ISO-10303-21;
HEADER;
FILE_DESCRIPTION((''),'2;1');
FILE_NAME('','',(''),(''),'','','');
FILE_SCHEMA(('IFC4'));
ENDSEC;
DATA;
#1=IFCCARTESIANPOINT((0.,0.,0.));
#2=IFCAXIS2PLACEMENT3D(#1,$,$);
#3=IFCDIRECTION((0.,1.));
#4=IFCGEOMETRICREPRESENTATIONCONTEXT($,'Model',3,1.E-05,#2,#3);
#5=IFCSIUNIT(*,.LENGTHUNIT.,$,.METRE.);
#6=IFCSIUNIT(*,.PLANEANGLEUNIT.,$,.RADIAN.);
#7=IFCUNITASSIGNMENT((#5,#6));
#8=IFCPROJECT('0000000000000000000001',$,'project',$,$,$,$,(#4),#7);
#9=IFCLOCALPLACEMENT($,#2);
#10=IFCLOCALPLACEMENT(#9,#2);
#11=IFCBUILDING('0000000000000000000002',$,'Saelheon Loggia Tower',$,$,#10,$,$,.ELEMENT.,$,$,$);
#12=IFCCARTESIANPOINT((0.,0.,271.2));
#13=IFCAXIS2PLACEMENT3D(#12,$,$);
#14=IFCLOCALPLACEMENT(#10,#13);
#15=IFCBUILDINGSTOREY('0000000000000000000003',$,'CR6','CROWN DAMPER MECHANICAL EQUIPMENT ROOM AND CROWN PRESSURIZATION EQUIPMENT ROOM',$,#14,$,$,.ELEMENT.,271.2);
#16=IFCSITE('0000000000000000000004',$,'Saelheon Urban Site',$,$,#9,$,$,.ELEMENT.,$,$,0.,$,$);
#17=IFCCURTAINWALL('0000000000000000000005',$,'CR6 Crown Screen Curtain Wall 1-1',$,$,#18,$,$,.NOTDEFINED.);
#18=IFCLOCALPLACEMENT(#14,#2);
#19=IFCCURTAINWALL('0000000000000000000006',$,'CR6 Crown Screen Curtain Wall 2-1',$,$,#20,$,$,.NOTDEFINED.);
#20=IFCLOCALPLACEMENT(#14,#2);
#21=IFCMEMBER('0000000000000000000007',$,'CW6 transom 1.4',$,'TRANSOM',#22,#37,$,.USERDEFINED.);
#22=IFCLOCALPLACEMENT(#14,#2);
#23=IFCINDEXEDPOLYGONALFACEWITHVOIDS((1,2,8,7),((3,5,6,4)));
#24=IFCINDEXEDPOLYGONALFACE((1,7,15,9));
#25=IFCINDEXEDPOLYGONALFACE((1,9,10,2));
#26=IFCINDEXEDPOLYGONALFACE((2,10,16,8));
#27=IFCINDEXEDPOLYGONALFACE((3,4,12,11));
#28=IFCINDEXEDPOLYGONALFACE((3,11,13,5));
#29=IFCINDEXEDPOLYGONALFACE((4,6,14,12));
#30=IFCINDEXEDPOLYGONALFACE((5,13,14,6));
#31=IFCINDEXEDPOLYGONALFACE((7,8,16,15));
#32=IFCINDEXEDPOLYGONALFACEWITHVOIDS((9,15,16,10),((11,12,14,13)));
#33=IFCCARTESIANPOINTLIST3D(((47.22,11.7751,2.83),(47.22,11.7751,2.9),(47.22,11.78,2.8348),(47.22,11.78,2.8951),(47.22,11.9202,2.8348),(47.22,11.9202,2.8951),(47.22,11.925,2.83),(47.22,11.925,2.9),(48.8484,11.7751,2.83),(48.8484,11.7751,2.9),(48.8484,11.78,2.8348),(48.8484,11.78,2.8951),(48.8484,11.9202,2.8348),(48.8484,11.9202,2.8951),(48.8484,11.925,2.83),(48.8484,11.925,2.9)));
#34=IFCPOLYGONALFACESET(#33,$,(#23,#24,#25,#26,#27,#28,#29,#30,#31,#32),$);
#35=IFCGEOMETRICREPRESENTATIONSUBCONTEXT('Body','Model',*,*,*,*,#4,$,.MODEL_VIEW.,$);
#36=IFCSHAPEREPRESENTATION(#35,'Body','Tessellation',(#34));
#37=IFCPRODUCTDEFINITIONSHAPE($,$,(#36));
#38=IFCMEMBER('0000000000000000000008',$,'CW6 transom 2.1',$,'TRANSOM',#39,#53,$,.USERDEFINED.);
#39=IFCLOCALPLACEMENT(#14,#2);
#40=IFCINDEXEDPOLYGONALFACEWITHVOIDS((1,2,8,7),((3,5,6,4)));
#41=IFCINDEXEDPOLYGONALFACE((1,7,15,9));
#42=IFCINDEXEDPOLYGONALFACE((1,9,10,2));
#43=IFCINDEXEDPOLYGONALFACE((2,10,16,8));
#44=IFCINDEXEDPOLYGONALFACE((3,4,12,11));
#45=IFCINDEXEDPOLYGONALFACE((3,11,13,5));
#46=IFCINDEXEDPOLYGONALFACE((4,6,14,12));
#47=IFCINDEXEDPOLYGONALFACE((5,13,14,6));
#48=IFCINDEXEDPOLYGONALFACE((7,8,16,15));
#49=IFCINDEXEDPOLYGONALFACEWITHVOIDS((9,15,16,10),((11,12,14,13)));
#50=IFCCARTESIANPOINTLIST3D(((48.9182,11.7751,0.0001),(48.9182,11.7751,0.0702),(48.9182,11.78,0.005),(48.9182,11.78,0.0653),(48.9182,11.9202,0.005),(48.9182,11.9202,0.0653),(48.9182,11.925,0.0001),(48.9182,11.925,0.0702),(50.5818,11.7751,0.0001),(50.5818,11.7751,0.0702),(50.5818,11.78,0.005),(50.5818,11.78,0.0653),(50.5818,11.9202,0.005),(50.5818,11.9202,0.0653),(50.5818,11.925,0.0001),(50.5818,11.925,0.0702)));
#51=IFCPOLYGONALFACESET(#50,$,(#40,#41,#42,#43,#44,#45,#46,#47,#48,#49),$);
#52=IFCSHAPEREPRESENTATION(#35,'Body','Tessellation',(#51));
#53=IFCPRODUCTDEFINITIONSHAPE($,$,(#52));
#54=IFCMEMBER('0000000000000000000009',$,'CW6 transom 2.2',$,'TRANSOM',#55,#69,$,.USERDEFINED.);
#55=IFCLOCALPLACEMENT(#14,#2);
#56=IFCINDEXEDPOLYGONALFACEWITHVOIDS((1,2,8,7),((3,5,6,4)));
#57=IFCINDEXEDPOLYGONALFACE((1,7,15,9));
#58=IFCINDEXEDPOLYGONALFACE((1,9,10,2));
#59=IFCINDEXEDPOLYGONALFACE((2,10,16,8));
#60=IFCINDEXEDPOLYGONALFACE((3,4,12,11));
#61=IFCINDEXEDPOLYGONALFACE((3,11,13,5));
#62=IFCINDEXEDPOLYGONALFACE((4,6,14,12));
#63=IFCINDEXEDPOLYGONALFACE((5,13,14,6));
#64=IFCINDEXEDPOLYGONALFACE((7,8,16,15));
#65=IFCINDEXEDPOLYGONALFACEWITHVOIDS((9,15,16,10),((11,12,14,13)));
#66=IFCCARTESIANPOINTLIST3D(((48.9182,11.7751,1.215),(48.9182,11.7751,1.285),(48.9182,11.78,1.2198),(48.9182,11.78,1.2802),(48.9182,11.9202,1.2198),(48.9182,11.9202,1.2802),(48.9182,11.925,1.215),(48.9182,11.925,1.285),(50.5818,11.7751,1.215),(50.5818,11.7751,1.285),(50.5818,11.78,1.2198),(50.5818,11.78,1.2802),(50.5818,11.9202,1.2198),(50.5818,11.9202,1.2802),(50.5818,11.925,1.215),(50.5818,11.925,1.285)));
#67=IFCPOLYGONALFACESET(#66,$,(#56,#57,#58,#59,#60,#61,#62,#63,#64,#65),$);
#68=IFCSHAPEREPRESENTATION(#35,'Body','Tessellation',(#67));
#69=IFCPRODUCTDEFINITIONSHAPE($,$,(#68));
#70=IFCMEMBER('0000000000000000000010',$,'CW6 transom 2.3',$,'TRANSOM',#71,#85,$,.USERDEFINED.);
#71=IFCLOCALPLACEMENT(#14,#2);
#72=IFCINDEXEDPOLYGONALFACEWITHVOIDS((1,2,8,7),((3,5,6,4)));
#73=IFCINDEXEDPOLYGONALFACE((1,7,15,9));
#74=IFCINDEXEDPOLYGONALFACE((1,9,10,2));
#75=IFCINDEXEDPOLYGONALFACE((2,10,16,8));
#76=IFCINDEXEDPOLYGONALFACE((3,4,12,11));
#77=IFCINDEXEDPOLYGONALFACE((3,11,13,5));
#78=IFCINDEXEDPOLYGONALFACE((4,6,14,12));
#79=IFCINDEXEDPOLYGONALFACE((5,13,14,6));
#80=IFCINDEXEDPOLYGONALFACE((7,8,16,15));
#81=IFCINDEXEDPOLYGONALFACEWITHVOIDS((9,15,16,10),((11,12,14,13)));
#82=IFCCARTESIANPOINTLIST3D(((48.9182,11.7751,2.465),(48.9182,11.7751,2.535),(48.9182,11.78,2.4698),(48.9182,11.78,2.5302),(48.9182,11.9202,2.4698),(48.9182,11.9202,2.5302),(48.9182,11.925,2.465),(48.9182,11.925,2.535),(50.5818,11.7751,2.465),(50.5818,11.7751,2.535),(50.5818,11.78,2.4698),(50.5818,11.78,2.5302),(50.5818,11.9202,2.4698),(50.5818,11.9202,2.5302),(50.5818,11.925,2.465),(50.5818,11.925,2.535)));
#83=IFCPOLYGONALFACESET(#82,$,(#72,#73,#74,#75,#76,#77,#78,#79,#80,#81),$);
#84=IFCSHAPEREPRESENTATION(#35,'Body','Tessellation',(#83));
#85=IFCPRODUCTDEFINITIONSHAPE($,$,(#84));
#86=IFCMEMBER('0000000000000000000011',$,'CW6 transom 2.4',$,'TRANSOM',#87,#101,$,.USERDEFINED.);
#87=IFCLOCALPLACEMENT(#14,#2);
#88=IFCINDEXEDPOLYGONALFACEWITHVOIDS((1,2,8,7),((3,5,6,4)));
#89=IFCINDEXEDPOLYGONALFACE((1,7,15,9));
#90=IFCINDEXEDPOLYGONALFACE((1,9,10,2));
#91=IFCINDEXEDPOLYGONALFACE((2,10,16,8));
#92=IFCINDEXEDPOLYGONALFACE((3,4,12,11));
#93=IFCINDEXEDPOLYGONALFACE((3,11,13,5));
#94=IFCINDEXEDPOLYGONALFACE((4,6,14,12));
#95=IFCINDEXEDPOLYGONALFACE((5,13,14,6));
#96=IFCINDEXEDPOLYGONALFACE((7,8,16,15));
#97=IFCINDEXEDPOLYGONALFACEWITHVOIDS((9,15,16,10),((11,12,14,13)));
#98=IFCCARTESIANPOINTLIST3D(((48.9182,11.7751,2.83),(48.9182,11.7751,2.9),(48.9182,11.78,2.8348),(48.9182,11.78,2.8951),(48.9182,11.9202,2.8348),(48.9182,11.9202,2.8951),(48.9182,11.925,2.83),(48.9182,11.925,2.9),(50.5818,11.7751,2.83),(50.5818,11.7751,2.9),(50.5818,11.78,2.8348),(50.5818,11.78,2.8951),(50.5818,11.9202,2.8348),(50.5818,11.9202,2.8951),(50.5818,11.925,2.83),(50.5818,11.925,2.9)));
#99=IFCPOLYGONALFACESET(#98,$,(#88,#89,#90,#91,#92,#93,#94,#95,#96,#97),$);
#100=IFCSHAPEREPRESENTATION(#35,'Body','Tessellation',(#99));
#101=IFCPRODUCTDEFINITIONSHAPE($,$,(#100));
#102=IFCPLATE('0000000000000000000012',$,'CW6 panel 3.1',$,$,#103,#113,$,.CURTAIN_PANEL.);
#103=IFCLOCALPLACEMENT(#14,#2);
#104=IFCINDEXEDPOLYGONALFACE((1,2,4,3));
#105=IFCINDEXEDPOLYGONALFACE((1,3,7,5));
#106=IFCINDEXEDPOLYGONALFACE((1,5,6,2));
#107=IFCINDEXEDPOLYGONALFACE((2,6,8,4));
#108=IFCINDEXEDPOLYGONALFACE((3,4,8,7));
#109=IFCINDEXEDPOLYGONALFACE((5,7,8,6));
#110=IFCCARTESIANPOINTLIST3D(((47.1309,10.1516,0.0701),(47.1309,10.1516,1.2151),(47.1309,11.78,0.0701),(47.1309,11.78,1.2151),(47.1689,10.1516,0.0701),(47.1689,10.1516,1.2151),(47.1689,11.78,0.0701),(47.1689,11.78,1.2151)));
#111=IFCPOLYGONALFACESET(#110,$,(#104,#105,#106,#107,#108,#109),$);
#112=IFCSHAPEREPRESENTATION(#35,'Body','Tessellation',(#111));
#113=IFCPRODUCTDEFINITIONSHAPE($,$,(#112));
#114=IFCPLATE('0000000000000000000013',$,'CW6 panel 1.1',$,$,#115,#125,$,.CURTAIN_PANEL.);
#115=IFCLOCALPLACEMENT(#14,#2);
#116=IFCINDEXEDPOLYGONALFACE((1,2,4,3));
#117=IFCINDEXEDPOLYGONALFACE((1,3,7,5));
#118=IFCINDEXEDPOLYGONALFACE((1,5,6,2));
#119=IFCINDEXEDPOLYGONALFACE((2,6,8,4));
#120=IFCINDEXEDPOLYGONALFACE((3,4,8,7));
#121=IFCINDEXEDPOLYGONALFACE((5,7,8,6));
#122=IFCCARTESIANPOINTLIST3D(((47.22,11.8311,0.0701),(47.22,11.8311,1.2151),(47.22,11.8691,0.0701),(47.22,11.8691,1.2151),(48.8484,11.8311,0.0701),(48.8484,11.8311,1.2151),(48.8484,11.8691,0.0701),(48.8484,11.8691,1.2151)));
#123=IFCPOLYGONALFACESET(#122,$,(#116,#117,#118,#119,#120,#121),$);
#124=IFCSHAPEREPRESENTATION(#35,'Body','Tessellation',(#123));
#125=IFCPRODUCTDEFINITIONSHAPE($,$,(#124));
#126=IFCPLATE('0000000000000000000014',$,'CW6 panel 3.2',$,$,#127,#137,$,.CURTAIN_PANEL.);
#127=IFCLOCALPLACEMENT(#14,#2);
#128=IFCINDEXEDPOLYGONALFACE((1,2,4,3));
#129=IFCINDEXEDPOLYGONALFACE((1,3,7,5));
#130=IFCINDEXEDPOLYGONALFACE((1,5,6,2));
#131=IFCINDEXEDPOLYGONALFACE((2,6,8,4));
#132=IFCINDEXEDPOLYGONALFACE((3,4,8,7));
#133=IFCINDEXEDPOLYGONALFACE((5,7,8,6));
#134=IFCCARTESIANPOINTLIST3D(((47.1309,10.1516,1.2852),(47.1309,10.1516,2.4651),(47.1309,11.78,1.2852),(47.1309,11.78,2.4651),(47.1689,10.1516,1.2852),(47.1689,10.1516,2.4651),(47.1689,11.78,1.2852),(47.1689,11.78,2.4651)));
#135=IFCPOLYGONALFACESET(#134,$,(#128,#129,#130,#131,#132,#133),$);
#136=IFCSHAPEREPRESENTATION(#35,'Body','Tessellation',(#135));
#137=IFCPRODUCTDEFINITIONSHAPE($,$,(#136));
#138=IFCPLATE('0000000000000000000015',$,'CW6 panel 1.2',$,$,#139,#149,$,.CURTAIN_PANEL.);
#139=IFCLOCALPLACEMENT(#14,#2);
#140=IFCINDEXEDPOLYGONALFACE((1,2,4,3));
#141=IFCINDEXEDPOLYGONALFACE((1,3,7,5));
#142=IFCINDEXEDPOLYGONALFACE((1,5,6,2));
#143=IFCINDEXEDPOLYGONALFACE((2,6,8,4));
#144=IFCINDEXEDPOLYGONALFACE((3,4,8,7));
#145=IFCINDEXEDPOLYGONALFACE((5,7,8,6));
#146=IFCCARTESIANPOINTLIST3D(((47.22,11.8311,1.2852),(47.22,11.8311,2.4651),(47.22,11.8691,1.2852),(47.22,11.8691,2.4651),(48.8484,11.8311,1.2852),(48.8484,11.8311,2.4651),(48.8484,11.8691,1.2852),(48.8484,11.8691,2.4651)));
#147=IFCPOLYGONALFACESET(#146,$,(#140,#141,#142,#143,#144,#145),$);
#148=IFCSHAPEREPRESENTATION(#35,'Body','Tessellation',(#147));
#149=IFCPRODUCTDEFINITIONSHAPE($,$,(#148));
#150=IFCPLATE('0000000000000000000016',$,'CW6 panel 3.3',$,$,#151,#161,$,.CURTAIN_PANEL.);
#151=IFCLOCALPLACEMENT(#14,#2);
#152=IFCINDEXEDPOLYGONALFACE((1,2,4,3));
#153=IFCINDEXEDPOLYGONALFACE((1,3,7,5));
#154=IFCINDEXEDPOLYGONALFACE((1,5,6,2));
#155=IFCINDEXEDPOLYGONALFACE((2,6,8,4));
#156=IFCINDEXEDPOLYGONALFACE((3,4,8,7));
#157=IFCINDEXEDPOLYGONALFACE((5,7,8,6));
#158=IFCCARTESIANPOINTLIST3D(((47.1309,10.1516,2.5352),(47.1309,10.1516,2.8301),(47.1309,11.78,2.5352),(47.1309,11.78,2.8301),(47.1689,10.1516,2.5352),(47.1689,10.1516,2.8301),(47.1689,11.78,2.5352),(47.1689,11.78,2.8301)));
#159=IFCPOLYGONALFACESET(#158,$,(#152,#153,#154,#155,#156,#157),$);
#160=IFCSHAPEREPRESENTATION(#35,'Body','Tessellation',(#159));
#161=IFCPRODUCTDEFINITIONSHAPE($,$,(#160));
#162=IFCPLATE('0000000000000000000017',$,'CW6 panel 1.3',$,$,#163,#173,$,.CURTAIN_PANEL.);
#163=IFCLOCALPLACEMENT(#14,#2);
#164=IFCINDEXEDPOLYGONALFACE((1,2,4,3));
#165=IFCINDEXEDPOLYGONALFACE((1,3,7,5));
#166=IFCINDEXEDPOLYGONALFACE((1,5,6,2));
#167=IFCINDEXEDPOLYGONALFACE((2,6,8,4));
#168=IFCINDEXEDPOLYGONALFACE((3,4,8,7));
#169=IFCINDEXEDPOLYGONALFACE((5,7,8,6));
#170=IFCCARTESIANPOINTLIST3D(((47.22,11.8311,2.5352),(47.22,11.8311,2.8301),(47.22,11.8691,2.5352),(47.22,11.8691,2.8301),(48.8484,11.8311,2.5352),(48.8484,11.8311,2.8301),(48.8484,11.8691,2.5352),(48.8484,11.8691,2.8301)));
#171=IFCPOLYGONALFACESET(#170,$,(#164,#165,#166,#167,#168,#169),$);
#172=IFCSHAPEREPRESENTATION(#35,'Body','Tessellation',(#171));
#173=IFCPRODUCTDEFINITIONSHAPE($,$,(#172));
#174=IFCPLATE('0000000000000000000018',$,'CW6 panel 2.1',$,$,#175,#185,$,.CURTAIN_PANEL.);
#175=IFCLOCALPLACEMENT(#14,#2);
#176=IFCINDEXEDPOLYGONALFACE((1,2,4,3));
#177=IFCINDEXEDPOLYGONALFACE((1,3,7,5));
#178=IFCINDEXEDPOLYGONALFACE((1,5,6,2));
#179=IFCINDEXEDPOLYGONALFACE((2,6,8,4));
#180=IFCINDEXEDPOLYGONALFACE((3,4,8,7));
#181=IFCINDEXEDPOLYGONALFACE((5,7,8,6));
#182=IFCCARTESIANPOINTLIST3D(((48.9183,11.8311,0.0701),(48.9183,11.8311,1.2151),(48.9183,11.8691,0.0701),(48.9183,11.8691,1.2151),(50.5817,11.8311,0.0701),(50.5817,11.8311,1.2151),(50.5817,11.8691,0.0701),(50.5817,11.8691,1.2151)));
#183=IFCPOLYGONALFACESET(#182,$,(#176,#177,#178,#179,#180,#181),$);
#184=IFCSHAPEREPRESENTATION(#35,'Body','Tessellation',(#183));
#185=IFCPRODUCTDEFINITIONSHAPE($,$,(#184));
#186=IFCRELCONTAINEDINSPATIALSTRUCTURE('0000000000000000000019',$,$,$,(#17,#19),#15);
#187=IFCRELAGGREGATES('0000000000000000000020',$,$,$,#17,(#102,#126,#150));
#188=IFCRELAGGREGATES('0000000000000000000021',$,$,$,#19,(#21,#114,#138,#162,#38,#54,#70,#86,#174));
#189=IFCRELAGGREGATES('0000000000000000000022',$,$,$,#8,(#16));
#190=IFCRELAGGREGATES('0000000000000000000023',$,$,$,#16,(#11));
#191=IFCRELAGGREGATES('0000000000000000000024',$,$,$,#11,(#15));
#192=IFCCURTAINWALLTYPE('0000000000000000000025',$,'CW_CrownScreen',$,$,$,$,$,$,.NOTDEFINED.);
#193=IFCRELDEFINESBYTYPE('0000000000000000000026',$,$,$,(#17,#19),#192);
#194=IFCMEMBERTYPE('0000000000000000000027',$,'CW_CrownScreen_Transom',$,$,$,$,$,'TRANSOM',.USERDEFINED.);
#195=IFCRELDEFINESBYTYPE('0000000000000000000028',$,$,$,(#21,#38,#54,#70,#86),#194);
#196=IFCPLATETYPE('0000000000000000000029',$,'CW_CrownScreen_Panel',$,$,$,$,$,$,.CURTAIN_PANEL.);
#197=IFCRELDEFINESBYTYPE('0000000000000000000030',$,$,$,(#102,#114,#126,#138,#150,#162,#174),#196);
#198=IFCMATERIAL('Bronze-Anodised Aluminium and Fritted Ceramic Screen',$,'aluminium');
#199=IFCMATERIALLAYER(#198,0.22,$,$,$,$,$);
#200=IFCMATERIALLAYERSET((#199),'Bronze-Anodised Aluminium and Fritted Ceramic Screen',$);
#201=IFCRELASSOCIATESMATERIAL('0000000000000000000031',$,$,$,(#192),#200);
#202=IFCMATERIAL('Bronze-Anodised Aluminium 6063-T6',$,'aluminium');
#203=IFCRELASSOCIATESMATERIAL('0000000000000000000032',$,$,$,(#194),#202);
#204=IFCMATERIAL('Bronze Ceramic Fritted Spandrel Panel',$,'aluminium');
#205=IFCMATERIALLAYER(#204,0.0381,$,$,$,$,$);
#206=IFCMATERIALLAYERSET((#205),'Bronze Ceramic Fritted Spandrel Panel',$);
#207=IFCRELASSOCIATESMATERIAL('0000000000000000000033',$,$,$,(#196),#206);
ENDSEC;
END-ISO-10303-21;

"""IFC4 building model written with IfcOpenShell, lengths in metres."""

from ifc_helpers import new_model, si_unit, direction, frame, origin, origin_2d, place, context, subcontext, project, spatial, rectangle, hollow_rectangle, extrude, source, transform, mapped, material, layer, layer_set, material_profile, profile_set, type_object, element, aggregate, save


model = new_model("IFC4")

# Units and contexts
model_context = context("Model", 3, precision=1e-05, world=origin(), true_north=direction((0.0, 1.0)))
body_context = subcontext(model_context, "Body", "Model", "MODEL_VIEW")
ifc_project = project(units=[si_unit("LENGTHUNIT", "METRE"), si_unit("PLANEANGLEUNIT", "RADIAN")], contexts=[model_context])

# Site, building, storey
site_placement = place(None, origin())
site = spatial("IfcSite", under=ifc_project, at=site_placement, Name="Saelheon Urban Site", CompositionType="ELEMENT", RefElevation=0.0)
building_placement = place(site_placement, origin())
building = spatial("IfcBuilding", under=site, at=building_placement, Name="Saelheon Loggia Tower", CompositionType="ELEMENT")
storey_placement = place(building_placement, frame((0.0, 0.0, 271.2)))
storey = spatial("IfcBuildingStorey", under=building, at=storey_placement, Name="CR6", Description="CROWN DAMPER MECHANICAL EQUIPMENT ROOM AND CROWN PRESSURIZATION EQUIPMENT ROOM", CompositionType="ELEMENT", Elevation=271.2)

# Curtain walls
ifc_material_1 = material(Name="Bronze-Anodised Aluminium and Fritted Ceramic Screen", Category="aluminium")
ifc_layer_1 = layer(ifc_material_1, 0.22)
ifc_layer_set_1 = layer_set([ifc_layer_1], Name="Bronze-Anodised Aluminium and Fritted Ceramic Screen")
curtain_wall_type = type_object("IfcCurtainWallType", Name="CW_CrownScreen", PredefinedType="NOTDEFINED", material=ifc_layer_set_1)
curtain_wall_1_placement = place(storey_placement, origin())
curtain_wall_1 = element("IfcCurtainWall", 1, at=curtain_wall_1_placement, inside=storey, type_object=curtain_wall_type, Name="CR6 Crown Screen Curtain Wall 1-1", PredefinedType="NOTDEFINED")
ifc_material_2 = material(Name="Bronze-Anodised Aluminium 6063-T6", Category="aluminium")
curtain_wall_2_placement = place(storey_placement, origin())
curtain_wall_2 = element("IfcCurtainWall", 2, at=curtain_wall_2_placement, inside=storey, type_object=curtain_wall_type, Name="CR6 Crown Screen Curtain Wall 2-1", PredefinedType="NOTDEFINED")

# Members
ifc_material_profile_1 = material_profile(ifc_material_2, hollow_rectangle(XDim=0.0701, YDim=0.1499, WallThickness=0.0049, at=origin_2d()), Name="RHS-150x70x5")
ifc_profile_set_1 = profile_set([ifc_material_profile_1], Name="Bronze-Anodised Aluminium 6063-T6")
member_type_1 = type_object("IfcMemberType", Name="CW_CrownScreen_Transom", ElementType="TRANSOM", PredefinedType="USERDEFINED", material=ifc_profile_set_1)
shared_shape_1 = source(origin(), body_context, "Body", "SweptSolid", [
    extrude(hollow_rectangle(XDim=0.0701, YDim=0.1499, WallThickness=0.0049, at=origin_2d()), origin(), (0.0, 0.0, 1.0), 1.6284),
])
member_1_placement = place(storey_placement, frame((47.22, 11.8501, 2.865), z_axis=(1.0, 0.0, 0.0), x_axis=(0.0, 0.0, 1.0)))
member_1 = element("IfcMember", 3, at=member_1_placement, type_object=member_type_1, Name="CW6 transom 1.4", ObjectType="TRANSOM", PredefinedType="USERDEFINED", context=body_context, shape_type="MappedRepresentation", body=[
    mapped(shared_shape_1, transform((0.0, 0.0, 0.0), scale=1.0)),
])
shared_shape_2 = source(origin(), body_context, "Body", "SweptSolid", [
    extrude(hollow_rectangle(XDim=0.0701, YDim=0.1499, WallThickness=0.0049, at=origin_2d()), origin(), (0.0, 0.0, 1.0), 1.6636),
])
member_2_placement = place(storey_placement, frame((48.9182, 11.8501, 0.0352), z_axis=(1.0, 0.0, 0.0), x_axis=(0.0, 0.0, 1.0)))
member_2 = element("IfcMember", 4, at=member_2_placement, type_object=member_type_1, Name="CW6 transom 2.1", ObjectType="TRANSOM", PredefinedType="USERDEFINED", context=body_context, shape_type="MappedRepresentation", body=[
    mapped(shared_shape_2, transform((0.0, 0.0, 0.0), scale=1.0)),
])
member_3_placement = place(storey_placement, frame((48.9182, 11.8501, 1.25), z_axis=(1.0, 0.0, 0.0), x_axis=(0.0, 0.0, 1.0)))
member_3 = element("IfcMember", 5, at=member_3_placement, type_object=member_type_1, Name="CW6 transom 2.2", ObjectType="TRANSOM", PredefinedType="USERDEFINED", context=body_context, shape_type="MappedRepresentation", body=[
    mapped(shared_shape_2, transform((0.0, 0.0, 0.0), scale=1.0)),
])
member_4_placement = place(storey_placement, frame((48.9182, 11.8501, 2.5), z_axis=(1.0, 0.0, 0.0), x_axis=(0.0, 0.0, 1.0)))
member_4 = element("IfcMember", 6, at=member_4_placement, type_object=member_type_1, Name="CW6 transom 2.3", ObjectType="TRANSOM", PredefinedType="USERDEFINED", context=body_context, shape_type="MappedRepresentation", body=[
    mapped(shared_shape_2, transform((0.0, 0.0, 0.0), scale=1.0)),
])
member_5_placement = place(storey_placement, frame((48.9182, 11.8501, 2.865), z_axis=(1.0, 0.0, 0.0), x_axis=(0.0, 0.0, 1.0)))
member_5 = element("IfcMember", 7, at=member_5_placement, type_object=member_type_1, Name="CW6 transom 2.4", ObjectType="TRANSOM", PredefinedType="USERDEFINED", context=body_context, shape_type="MappedRepresentation", body=[
    mapped(shared_shape_2, transform((0.0, 0.0, 0.0), scale=1.0)),
])

# Plates
ifc_material_3 = material(Name="Bronze Ceramic Fritted Spandrel Panel", Category="aluminium")
ifc_layer_2 = layer(ifc_material_3, 0.0381)
ifc_layer_set_2 = layer_set([ifc_layer_2], Name="Bronze Ceramic Fritted Spandrel Panel")
plate_type = type_object("IfcPlateType", Name="CW_CrownScreen_Panel", PredefinedType="CURTAIN_PANEL", material=ifc_layer_set_2)
shared_shape_3 = source(origin(), body_context, "Body", "SweptSolid", [
    extrude(rectangle(XDim=1.6284, YDim=0.0381, at=origin_2d()), origin(), (0.0, 0.0, 1.0), 1.145),
])
plate_1_placement = place(storey_placement, frame((47.1499, 10.9658, 0.0701), z_axis=(0.0, 0.0, 1.0), x_axis=(0.0, 1.0, 0.0)))
plate_1 = element("IfcPlate", 8, at=plate_1_placement, type_object=plate_type, Name="CW6 panel 3.1", PredefinedType="CURTAIN_PANEL", context=body_context, shape_type="MappedRepresentation", body=[
    mapped(shared_shape_3, transform((0.0, 0.0, 0.0), scale=1.0)),
])
plate_2_placement = place(storey_placement, frame((48.0342, 11.8501, 0.0701), z_axis=(0.0, 0.0, 1.0), x_axis=(1.0, 0.0, 0.0)))
plate_2 = element("IfcPlate", 9, at=plate_2_placement, type_object=plate_type, Name="CW6 panel 1.1", PredefinedType="CURTAIN_PANEL", context=body_context, shape_type="MappedRepresentation", body=[
    mapped(shared_shape_3, transform((0.0, 0.0, 0.0), scale=1.0)),
])
shared_shape_4 = source(origin(), body_context, "Body", "SweptSolid", [
    extrude(rectangle(XDim=1.6284, YDim=0.0381, at=origin_2d()), origin(), (0.0, 0.0, 1.0), 1.1799),
])
plate_3_placement = place(storey_placement, frame((47.1499, 10.9658, 1.2852), z_axis=(0.0, 0.0, 1.0), x_axis=(0.0, 1.0, 0.0)))
plate_3 = element("IfcPlate", 10, at=plate_3_placement, type_object=plate_type, Name="CW6 panel 3.2", PredefinedType="CURTAIN_PANEL", context=body_context, shape_type="MappedRepresentation", body=[
    mapped(shared_shape_4, transform((0.0, 0.0, 0.0), scale=1.0)),
])
plate_4_placement = place(storey_placement, frame((48.0342, 11.8501, 1.2852), z_axis=(0.0, 0.0, 1.0), x_axis=(1.0, 0.0, 0.0)))
plate_4 = element("IfcPlate", 11, at=plate_4_placement, type_object=plate_type, Name="CW6 panel 1.2", PredefinedType="CURTAIN_PANEL", context=body_context, shape_type="MappedRepresentation", body=[
    mapped(shared_shape_4, transform((0.0, 0.0, 0.0), scale=1.0)),
])
shared_shape_5 = source(origin(), body_context, "Body", "SweptSolid", [
    extrude(rectangle(XDim=1.6284, YDim=0.0381, at=origin_2d()), origin(), (0.0, 0.0, 1.0), 0.2949),
])
plate_5_placement = place(storey_placement, frame((47.1499, 10.9658, 2.5352), z_axis=(0.0, 0.0, 1.0), x_axis=(0.0, 1.0, 0.0)))
plate_5 = element("IfcPlate", 12, at=plate_5_placement, type_object=plate_type, Name="CW6 panel 3.3", PredefinedType="CURTAIN_PANEL", context=body_context, shape_type="MappedRepresentation", body=[
    mapped(shared_shape_5, transform((0.0, 0.0, 0.0), scale=1.0)),
])
aggregate(curtain_wall_1, [plate_1, plate_3, plate_5])
plate_6_placement = place(storey_placement, frame((48.0342, 11.8501, 2.5352), z_axis=(0.0, 0.0, 1.0), x_axis=(1.0, 0.0, 0.0)))
plate_6 = element("IfcPlate", 13, at=plate_6_placement, type_object=plate_type, Name="CW6 panel 1.3", PredefinedType="CURTAIN_PANEL", context=body_context, shape_type="MappedRepresentation", body=[
    mapped(shared_shape_5, transform((0.0, 0.0, 0.0), scale=1.0)),
])
shared_shape_6 = source(origin(), body_context, "Body", "SweptSolid", [
    extrude(rectangle(XDim=1.6633, YDim=0.0381, at=origin_2d()), origin(), (0.0, 0.0, 1.0), 1.145),
])
plate_7_placement = place(storey_placement, frame((49.75, 11.8501, 0.0701), z_axis=(0.0, 0.0, 1.0), x_axis=(1.0, 0.0, 0.0)))
plate_7 = element("IfcPlate", 14, at=plate_7_placement, type_object=plate_type, Name="CW6 panel 2.1", PredefinedType="CURTAIN_PANEL", context=body_context, shape_type="MappedRepresentation", body=[
    mapped(shared_shape_6, transform((0.0, 0.0, 0.0), scale=1.0)),
])
aggregate(curtain_wall_2, [member_1, plate_2, plate_4, plate_6, member_2, member_3, member_4, member_5, plate_7])

save(model, "model.ifc")
